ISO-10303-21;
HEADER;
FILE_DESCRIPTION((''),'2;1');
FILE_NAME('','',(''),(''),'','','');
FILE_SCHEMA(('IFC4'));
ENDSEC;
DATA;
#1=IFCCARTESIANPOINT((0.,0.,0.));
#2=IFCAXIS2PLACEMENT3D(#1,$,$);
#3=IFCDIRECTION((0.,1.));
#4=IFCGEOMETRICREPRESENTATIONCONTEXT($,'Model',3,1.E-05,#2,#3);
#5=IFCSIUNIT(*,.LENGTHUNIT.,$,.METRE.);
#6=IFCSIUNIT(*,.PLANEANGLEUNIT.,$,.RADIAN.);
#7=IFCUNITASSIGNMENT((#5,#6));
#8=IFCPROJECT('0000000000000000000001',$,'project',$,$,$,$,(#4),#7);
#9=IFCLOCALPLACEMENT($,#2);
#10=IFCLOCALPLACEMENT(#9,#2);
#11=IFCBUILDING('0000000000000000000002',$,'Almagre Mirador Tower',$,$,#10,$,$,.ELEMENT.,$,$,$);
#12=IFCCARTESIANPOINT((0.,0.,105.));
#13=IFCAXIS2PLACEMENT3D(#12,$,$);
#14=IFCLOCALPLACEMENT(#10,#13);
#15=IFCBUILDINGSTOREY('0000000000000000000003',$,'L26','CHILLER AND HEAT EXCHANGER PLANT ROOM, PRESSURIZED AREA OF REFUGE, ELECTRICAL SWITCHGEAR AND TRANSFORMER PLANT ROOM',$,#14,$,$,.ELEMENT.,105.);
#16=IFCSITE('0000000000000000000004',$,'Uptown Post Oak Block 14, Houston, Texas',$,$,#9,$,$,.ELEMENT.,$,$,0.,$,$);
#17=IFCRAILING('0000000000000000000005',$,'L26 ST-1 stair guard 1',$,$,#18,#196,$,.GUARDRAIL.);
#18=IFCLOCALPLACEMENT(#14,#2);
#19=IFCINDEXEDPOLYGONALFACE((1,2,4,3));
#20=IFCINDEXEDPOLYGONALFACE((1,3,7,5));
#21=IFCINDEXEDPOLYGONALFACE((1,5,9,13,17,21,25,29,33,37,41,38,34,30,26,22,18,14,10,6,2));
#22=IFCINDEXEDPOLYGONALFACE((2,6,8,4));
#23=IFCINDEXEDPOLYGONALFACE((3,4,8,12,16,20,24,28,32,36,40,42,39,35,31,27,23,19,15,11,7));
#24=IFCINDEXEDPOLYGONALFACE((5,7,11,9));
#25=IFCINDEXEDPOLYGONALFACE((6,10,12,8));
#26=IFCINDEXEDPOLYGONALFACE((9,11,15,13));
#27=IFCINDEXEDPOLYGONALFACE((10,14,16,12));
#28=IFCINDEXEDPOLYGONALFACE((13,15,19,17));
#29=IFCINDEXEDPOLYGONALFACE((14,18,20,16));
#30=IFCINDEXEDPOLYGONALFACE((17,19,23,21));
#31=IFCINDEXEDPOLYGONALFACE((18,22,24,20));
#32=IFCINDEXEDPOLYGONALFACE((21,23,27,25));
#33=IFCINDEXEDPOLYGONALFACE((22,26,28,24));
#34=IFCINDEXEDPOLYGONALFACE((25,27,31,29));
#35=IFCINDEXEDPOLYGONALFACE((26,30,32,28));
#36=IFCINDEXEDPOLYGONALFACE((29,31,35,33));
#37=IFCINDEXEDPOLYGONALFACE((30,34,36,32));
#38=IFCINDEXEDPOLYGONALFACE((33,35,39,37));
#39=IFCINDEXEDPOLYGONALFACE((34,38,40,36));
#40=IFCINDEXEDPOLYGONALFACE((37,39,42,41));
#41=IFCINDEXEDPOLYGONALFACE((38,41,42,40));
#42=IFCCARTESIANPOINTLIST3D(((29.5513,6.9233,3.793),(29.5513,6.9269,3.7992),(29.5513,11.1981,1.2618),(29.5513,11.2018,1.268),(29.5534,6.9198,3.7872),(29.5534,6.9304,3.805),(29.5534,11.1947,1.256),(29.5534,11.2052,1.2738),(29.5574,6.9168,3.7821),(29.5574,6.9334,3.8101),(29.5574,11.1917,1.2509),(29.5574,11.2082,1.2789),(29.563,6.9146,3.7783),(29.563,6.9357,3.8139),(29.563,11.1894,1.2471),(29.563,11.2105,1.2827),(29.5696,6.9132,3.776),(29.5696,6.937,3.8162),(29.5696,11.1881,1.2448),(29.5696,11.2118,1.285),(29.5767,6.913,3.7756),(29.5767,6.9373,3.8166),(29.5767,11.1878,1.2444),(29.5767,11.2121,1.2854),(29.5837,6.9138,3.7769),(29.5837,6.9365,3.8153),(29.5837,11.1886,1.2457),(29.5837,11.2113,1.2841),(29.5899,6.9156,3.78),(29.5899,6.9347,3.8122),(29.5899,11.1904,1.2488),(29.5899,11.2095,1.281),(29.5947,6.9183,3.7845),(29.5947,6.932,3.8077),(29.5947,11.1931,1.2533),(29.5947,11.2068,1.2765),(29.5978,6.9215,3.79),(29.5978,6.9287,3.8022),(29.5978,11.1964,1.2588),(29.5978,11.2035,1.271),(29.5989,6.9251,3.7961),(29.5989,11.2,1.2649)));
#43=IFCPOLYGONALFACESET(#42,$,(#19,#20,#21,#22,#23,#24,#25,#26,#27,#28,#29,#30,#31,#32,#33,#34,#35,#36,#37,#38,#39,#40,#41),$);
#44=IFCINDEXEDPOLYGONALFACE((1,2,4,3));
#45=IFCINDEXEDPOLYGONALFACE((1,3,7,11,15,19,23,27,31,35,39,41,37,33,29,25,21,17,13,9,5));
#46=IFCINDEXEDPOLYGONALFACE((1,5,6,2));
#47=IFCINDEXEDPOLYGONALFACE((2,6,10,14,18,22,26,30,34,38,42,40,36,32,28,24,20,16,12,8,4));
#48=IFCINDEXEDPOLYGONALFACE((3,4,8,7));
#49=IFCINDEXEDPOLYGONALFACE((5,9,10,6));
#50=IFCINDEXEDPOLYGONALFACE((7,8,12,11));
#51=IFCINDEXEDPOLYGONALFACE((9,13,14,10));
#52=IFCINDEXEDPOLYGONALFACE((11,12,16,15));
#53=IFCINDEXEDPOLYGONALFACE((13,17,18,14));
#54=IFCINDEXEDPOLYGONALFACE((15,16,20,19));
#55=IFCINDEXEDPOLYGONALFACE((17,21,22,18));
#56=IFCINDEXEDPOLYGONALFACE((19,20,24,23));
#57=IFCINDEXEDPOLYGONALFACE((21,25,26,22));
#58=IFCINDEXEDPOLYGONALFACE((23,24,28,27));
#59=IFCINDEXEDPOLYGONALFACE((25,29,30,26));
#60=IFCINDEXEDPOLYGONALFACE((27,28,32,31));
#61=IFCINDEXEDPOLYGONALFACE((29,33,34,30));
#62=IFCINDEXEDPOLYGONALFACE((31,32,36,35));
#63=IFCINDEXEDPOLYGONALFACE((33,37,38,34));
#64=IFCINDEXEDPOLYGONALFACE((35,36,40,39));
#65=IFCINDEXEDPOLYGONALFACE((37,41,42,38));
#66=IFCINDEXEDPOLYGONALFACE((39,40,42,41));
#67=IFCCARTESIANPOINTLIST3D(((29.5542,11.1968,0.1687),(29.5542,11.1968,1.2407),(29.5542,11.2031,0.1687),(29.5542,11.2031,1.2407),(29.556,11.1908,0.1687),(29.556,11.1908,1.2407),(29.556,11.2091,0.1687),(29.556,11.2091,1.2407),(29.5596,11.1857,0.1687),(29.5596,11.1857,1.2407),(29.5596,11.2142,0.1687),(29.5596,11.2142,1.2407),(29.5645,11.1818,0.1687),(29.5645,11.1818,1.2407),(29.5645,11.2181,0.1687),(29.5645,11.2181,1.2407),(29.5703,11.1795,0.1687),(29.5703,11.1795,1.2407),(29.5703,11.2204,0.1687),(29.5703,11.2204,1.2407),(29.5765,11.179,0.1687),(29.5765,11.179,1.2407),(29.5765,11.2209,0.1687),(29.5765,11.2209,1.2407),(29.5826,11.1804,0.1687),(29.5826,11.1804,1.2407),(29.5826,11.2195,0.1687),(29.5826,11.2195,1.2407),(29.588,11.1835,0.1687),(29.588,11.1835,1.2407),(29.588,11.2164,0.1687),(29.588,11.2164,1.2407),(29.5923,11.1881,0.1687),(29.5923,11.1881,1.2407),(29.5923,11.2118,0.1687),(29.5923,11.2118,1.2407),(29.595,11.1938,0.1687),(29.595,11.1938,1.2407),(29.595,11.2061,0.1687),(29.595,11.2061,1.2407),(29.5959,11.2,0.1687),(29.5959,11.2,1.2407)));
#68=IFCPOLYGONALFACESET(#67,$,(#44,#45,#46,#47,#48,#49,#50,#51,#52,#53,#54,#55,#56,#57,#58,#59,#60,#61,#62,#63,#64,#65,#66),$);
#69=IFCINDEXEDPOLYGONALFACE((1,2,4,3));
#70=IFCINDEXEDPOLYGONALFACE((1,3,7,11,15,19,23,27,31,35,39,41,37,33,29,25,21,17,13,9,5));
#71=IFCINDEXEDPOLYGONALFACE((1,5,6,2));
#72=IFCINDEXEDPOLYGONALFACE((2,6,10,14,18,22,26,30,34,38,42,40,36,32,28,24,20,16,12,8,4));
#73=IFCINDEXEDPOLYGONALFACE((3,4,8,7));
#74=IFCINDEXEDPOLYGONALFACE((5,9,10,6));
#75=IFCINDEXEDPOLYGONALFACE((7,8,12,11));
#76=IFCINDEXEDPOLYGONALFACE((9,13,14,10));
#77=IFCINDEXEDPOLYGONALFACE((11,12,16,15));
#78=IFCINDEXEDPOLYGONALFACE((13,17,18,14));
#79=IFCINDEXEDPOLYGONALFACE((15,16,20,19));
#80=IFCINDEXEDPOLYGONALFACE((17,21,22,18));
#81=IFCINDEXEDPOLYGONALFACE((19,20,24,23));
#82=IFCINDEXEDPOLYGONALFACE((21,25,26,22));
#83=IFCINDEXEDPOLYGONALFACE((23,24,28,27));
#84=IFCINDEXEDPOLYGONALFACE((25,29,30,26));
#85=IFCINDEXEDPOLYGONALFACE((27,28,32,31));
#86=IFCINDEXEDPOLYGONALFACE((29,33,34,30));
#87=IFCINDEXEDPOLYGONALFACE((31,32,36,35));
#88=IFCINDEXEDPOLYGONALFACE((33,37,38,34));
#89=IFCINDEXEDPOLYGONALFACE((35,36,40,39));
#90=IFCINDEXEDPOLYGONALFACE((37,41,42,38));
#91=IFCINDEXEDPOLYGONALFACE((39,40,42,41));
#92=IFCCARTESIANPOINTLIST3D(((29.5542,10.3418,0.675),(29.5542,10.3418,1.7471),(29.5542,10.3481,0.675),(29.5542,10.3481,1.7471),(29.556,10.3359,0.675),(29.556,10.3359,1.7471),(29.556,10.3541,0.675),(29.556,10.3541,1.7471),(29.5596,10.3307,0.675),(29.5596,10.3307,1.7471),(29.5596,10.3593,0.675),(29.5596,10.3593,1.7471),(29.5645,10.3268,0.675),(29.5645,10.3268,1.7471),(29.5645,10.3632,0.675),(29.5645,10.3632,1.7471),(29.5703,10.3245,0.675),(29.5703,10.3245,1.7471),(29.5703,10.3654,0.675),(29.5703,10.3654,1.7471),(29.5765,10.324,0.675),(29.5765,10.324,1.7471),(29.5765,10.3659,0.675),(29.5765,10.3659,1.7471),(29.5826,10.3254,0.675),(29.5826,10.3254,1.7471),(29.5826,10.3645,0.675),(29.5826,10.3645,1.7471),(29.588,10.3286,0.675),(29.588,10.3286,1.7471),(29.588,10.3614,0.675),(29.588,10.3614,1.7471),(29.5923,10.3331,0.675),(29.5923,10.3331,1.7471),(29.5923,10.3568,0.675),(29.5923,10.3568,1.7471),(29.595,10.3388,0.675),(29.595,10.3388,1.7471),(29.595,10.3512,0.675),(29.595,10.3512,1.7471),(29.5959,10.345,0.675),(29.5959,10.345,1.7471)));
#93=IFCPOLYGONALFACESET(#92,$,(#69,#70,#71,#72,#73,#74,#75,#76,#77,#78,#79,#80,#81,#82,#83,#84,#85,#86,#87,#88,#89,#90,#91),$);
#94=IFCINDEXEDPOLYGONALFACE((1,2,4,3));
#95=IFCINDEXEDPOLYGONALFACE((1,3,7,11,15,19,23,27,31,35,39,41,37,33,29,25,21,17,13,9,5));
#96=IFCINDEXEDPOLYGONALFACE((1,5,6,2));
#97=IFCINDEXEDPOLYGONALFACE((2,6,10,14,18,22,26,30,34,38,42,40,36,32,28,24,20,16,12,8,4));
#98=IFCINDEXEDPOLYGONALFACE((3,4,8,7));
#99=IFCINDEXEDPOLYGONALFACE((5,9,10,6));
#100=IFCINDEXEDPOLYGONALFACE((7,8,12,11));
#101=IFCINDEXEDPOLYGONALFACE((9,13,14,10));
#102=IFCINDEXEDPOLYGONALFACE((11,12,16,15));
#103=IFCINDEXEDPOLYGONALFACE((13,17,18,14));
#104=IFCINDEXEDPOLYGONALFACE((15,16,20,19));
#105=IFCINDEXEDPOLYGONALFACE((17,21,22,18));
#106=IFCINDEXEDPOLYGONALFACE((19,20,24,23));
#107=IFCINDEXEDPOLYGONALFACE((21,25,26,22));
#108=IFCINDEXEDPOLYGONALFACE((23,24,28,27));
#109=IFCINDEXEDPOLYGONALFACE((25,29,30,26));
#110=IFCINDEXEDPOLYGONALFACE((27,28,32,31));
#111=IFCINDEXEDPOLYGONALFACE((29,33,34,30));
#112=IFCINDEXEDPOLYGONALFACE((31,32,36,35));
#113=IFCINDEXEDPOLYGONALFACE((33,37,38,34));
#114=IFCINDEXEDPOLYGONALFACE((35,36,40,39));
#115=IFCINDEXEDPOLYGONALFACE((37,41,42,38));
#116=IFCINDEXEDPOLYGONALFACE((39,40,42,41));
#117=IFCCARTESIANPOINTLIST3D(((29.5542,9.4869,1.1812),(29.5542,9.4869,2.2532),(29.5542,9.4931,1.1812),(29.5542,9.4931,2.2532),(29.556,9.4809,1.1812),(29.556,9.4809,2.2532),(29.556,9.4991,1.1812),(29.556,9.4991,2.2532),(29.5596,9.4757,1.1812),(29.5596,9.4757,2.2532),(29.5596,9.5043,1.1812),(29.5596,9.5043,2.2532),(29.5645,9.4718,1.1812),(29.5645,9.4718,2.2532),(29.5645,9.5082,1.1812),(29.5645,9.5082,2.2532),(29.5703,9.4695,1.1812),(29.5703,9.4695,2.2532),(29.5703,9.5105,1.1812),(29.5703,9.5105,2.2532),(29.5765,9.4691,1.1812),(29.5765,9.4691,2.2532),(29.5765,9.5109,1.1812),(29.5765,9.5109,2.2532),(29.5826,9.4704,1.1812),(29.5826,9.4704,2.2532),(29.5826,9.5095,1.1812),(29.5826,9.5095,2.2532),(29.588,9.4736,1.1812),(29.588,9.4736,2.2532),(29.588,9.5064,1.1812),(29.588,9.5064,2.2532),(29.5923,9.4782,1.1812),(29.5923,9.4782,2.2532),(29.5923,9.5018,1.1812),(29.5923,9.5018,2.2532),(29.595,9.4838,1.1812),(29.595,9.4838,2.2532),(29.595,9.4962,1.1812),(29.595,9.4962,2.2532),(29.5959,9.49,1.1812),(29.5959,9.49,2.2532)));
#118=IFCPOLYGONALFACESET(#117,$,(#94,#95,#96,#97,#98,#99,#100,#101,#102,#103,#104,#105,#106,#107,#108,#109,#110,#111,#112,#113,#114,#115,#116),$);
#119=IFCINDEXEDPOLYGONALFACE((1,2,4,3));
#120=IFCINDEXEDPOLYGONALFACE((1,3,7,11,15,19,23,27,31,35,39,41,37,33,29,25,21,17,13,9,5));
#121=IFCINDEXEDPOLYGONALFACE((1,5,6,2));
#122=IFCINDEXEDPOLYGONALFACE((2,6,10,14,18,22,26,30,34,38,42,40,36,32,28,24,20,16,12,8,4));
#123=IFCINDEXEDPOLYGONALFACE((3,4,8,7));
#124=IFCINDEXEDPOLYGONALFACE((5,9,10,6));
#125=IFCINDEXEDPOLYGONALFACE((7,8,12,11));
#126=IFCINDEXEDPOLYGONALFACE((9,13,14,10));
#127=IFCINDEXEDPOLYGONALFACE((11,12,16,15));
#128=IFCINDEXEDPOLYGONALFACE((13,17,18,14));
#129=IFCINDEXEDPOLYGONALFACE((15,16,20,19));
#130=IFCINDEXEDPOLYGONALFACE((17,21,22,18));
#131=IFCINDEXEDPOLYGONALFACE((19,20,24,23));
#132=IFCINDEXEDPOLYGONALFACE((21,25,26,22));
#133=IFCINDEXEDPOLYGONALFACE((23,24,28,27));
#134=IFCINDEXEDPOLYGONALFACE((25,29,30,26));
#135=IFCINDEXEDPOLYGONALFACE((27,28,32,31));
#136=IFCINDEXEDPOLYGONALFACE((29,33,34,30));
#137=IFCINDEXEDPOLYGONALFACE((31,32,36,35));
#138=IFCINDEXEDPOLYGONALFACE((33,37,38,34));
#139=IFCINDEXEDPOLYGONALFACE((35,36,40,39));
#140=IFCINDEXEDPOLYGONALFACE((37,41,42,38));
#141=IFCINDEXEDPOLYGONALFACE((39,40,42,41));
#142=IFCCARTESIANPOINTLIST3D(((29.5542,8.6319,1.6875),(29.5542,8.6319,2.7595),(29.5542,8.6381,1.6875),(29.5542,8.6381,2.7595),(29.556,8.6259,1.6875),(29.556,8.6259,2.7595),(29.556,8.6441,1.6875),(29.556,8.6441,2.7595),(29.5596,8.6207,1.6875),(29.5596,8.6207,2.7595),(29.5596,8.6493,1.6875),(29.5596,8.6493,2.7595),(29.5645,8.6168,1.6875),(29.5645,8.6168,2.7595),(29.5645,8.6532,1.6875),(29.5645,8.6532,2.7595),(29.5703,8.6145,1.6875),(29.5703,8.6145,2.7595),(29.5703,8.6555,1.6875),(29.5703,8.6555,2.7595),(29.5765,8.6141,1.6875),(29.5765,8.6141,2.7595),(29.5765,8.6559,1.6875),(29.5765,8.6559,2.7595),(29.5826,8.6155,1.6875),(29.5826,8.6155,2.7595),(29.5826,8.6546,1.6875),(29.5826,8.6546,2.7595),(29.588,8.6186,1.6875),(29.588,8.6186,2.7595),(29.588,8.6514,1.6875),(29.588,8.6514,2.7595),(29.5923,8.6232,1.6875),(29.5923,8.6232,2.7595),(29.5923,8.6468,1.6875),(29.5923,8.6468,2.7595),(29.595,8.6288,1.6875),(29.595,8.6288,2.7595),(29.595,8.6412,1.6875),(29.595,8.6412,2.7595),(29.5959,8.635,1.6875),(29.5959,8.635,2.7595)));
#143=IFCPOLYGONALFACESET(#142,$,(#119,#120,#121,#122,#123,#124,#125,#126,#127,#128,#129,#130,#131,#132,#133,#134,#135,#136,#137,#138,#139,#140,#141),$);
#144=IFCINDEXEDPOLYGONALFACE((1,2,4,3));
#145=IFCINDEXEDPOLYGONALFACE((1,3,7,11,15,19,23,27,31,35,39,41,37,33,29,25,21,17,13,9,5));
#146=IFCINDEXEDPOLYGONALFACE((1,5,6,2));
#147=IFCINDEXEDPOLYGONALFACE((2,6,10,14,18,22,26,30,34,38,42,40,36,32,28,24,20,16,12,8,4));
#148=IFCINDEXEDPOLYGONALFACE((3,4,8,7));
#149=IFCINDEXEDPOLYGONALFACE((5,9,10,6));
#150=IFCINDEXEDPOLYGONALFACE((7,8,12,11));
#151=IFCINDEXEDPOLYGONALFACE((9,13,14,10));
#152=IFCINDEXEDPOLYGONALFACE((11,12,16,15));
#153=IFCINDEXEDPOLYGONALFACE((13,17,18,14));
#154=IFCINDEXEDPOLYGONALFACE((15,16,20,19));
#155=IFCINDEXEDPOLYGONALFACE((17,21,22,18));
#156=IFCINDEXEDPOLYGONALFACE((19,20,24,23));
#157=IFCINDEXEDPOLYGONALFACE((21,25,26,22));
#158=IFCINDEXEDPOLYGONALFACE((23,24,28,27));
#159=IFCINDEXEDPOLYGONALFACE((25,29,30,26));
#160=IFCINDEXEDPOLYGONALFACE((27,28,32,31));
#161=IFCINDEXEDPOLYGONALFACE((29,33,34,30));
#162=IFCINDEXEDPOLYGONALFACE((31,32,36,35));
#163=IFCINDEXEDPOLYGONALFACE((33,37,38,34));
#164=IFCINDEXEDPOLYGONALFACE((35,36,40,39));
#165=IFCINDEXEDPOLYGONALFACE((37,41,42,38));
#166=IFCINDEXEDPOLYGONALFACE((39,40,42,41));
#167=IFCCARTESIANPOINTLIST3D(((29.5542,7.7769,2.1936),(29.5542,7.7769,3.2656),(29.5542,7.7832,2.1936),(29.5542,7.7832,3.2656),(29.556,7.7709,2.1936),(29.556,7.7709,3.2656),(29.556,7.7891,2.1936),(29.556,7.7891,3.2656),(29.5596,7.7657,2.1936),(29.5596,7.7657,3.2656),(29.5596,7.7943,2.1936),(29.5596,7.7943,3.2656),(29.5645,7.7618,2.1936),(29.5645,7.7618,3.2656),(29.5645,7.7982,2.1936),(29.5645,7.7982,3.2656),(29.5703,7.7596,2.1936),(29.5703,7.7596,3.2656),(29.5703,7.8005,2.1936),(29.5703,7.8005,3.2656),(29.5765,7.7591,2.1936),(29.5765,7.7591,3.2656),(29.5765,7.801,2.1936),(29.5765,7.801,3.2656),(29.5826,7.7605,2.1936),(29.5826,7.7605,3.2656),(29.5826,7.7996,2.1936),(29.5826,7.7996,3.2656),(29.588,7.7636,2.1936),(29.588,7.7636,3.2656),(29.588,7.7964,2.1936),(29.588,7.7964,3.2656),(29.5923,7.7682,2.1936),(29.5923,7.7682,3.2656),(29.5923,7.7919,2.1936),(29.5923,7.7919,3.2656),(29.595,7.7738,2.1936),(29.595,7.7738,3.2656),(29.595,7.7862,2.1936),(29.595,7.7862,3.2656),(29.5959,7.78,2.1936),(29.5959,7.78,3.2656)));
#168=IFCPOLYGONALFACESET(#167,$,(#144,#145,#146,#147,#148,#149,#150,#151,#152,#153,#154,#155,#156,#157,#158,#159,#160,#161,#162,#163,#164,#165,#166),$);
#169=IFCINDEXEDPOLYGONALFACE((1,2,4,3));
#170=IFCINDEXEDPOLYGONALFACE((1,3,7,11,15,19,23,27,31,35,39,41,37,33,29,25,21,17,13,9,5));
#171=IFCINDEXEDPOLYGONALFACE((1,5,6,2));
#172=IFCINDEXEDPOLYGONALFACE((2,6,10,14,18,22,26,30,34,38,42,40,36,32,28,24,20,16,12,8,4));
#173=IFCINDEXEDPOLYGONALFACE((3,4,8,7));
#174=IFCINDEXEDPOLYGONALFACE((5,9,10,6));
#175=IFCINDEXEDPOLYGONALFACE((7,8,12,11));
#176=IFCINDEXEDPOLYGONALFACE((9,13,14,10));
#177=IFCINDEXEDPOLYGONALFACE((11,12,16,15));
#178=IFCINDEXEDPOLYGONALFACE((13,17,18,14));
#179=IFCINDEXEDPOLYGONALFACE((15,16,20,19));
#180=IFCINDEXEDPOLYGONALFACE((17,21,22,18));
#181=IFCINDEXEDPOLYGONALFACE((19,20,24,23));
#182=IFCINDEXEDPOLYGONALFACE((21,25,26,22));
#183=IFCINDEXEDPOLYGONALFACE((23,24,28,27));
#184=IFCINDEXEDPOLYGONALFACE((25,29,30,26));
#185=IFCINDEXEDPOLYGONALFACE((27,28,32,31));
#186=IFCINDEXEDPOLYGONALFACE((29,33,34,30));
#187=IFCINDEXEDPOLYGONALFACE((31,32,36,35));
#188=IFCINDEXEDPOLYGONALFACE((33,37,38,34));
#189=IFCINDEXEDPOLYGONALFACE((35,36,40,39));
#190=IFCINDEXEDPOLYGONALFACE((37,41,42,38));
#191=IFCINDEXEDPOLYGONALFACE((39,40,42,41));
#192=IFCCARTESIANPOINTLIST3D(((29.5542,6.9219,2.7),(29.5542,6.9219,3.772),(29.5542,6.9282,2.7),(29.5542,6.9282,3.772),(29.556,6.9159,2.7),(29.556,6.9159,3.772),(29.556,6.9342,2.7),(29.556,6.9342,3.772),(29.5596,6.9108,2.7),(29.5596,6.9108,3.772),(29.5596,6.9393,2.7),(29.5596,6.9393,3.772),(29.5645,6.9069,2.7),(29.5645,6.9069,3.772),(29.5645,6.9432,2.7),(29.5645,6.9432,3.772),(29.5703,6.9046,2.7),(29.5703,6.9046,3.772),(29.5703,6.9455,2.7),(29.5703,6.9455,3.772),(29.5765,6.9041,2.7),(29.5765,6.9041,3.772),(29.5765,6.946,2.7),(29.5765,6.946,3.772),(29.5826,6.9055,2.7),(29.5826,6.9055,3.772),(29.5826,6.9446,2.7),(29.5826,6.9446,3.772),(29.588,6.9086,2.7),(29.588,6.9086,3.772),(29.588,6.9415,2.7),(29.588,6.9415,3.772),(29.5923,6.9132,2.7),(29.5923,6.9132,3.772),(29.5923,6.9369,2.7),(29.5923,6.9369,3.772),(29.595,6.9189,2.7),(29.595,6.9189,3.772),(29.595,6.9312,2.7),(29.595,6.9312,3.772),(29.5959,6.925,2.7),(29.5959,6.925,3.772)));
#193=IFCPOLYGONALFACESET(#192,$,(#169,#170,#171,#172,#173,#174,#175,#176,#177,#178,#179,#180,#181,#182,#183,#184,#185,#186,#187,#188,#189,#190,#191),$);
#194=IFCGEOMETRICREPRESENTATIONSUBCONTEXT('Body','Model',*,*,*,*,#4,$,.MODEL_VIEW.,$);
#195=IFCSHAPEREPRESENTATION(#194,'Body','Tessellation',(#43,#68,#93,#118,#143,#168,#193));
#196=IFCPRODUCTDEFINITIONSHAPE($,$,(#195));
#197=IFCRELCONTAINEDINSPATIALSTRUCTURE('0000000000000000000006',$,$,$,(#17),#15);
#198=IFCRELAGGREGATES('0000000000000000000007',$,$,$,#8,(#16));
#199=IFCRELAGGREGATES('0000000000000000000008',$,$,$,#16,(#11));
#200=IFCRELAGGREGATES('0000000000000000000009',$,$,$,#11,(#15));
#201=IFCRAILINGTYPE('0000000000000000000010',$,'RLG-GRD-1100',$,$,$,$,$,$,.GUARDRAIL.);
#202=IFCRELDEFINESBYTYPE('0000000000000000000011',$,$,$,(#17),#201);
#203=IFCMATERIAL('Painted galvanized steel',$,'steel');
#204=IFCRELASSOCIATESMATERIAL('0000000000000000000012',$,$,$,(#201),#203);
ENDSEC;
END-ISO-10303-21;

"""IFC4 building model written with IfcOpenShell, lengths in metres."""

from ifc_helpers import new_model, si_unit, direction, frame, origin, origin_2d, place, context, subcontext, project, spatial, circle, extrude, material, type_object, element, save


model = new_model("IFC4")

# Units and contexts
model_context = context("Model", 3, precision=1e-05, world=origin(), true_north=direction((0.0, 1.0)))
body_context = subcontext(model_context, "Body", "Model", "MODEL_VIEW")
ifc_project = project(units=[si_unit("LENGTHUNIT", "METRE"), si_unit("PLANEANGLEUNIT", "RADIAN")], contexts=[model_context])

# Site, building, storey
site_placement = place(None, origin())
site = spatial("IfcSite", under=ifc_project, at=site_placement, Name="Uptown Post Oak Block 14, Houston, Texas", CompositionType="ELEMENT", RefElevation=0.0)
building_placement = place(site_placement, origin())
building = spatial("IfcBuilding", under=site, at=building_placement, Name="Almagre Mirador Tower", CompositionType="ELEMENT")
storey_placement = place(building_placement, frame((0.0, 0.0, 105.0)))
storey = spatial("IfcBuildingStorey", under=building, at=storey_placement, Name="L26", Description="CHILLER AND HEAT EXCHANGER PLANT ROOM, PRESSURIZED AREA OF REFUGE, ELECTRICAL SWITCHGEAR AND TRANSFORMER PLANT ROOM", CompositionType="ELEMENT", Elevation=105.0)

# Railing
ifc_material_1 = material(Name="Painted galvanized steel", Category="steel")
railing_type = type_object("IfcRailingType", Name="RLG-GRD-1100", PredefinedType="GUARDRAIL", material=ifc_material_1)
railing_1_placement = place(storey_placement, frame((29.575, 11.2, 0.1687)))
element("IfcRailing", 1, at=railing_1_placement, inside=storey, type_object=railing_type, Name="L26 ST-1 stair guard 1", PredefinedType="GUARDRAIL", context=body_context, shape_type="SweptSolid", body=[
    extrude(circle(Radius=0.0239, at=origin_2d()), frame((0.0, 0.0, 1.0962), z_axis=(0.0, -0.86047, 0.509501), x_axis=(1.0, 0.0, 0.0)), (0.0, 0.0, 1.0), 4.968),
    extrude(circle(Radius=0.021, at=origin_2d()), origin(), (0.0, 0.0, 1.0), 1.072),
    extrude(circle(Radius=0.021, at=origin_2d()), frame((0.0, -0.855, 0.5063)), (0.0, 0.0, 1.0), 1.072),
    extrude(circle(Radius=0.021, at=origin_2d()), frame((0.0, -1.71, 1.0125)), (0.0, 0.0, 1.0), 1.072),
    extrude(circle(Radius=0.021, at=origin_2d()), frame((0.0, -2.5649, 1.5188)), (0.0, 0.0, 1.0), 1.072),
    extrude(circle(Radius=0.021, at=origin_2d()), frame((0.0, -3.4199, 2.0249)), (0.0, 0.0, 1.0), 1.072),
    extrude(circle(Radius=0.021, at=origin_2d()), frame((0.0, -4.2749, 2.5312)), (0.0, 0.0, 1.0), 1.072),
])

save(model, "model.ifc")
